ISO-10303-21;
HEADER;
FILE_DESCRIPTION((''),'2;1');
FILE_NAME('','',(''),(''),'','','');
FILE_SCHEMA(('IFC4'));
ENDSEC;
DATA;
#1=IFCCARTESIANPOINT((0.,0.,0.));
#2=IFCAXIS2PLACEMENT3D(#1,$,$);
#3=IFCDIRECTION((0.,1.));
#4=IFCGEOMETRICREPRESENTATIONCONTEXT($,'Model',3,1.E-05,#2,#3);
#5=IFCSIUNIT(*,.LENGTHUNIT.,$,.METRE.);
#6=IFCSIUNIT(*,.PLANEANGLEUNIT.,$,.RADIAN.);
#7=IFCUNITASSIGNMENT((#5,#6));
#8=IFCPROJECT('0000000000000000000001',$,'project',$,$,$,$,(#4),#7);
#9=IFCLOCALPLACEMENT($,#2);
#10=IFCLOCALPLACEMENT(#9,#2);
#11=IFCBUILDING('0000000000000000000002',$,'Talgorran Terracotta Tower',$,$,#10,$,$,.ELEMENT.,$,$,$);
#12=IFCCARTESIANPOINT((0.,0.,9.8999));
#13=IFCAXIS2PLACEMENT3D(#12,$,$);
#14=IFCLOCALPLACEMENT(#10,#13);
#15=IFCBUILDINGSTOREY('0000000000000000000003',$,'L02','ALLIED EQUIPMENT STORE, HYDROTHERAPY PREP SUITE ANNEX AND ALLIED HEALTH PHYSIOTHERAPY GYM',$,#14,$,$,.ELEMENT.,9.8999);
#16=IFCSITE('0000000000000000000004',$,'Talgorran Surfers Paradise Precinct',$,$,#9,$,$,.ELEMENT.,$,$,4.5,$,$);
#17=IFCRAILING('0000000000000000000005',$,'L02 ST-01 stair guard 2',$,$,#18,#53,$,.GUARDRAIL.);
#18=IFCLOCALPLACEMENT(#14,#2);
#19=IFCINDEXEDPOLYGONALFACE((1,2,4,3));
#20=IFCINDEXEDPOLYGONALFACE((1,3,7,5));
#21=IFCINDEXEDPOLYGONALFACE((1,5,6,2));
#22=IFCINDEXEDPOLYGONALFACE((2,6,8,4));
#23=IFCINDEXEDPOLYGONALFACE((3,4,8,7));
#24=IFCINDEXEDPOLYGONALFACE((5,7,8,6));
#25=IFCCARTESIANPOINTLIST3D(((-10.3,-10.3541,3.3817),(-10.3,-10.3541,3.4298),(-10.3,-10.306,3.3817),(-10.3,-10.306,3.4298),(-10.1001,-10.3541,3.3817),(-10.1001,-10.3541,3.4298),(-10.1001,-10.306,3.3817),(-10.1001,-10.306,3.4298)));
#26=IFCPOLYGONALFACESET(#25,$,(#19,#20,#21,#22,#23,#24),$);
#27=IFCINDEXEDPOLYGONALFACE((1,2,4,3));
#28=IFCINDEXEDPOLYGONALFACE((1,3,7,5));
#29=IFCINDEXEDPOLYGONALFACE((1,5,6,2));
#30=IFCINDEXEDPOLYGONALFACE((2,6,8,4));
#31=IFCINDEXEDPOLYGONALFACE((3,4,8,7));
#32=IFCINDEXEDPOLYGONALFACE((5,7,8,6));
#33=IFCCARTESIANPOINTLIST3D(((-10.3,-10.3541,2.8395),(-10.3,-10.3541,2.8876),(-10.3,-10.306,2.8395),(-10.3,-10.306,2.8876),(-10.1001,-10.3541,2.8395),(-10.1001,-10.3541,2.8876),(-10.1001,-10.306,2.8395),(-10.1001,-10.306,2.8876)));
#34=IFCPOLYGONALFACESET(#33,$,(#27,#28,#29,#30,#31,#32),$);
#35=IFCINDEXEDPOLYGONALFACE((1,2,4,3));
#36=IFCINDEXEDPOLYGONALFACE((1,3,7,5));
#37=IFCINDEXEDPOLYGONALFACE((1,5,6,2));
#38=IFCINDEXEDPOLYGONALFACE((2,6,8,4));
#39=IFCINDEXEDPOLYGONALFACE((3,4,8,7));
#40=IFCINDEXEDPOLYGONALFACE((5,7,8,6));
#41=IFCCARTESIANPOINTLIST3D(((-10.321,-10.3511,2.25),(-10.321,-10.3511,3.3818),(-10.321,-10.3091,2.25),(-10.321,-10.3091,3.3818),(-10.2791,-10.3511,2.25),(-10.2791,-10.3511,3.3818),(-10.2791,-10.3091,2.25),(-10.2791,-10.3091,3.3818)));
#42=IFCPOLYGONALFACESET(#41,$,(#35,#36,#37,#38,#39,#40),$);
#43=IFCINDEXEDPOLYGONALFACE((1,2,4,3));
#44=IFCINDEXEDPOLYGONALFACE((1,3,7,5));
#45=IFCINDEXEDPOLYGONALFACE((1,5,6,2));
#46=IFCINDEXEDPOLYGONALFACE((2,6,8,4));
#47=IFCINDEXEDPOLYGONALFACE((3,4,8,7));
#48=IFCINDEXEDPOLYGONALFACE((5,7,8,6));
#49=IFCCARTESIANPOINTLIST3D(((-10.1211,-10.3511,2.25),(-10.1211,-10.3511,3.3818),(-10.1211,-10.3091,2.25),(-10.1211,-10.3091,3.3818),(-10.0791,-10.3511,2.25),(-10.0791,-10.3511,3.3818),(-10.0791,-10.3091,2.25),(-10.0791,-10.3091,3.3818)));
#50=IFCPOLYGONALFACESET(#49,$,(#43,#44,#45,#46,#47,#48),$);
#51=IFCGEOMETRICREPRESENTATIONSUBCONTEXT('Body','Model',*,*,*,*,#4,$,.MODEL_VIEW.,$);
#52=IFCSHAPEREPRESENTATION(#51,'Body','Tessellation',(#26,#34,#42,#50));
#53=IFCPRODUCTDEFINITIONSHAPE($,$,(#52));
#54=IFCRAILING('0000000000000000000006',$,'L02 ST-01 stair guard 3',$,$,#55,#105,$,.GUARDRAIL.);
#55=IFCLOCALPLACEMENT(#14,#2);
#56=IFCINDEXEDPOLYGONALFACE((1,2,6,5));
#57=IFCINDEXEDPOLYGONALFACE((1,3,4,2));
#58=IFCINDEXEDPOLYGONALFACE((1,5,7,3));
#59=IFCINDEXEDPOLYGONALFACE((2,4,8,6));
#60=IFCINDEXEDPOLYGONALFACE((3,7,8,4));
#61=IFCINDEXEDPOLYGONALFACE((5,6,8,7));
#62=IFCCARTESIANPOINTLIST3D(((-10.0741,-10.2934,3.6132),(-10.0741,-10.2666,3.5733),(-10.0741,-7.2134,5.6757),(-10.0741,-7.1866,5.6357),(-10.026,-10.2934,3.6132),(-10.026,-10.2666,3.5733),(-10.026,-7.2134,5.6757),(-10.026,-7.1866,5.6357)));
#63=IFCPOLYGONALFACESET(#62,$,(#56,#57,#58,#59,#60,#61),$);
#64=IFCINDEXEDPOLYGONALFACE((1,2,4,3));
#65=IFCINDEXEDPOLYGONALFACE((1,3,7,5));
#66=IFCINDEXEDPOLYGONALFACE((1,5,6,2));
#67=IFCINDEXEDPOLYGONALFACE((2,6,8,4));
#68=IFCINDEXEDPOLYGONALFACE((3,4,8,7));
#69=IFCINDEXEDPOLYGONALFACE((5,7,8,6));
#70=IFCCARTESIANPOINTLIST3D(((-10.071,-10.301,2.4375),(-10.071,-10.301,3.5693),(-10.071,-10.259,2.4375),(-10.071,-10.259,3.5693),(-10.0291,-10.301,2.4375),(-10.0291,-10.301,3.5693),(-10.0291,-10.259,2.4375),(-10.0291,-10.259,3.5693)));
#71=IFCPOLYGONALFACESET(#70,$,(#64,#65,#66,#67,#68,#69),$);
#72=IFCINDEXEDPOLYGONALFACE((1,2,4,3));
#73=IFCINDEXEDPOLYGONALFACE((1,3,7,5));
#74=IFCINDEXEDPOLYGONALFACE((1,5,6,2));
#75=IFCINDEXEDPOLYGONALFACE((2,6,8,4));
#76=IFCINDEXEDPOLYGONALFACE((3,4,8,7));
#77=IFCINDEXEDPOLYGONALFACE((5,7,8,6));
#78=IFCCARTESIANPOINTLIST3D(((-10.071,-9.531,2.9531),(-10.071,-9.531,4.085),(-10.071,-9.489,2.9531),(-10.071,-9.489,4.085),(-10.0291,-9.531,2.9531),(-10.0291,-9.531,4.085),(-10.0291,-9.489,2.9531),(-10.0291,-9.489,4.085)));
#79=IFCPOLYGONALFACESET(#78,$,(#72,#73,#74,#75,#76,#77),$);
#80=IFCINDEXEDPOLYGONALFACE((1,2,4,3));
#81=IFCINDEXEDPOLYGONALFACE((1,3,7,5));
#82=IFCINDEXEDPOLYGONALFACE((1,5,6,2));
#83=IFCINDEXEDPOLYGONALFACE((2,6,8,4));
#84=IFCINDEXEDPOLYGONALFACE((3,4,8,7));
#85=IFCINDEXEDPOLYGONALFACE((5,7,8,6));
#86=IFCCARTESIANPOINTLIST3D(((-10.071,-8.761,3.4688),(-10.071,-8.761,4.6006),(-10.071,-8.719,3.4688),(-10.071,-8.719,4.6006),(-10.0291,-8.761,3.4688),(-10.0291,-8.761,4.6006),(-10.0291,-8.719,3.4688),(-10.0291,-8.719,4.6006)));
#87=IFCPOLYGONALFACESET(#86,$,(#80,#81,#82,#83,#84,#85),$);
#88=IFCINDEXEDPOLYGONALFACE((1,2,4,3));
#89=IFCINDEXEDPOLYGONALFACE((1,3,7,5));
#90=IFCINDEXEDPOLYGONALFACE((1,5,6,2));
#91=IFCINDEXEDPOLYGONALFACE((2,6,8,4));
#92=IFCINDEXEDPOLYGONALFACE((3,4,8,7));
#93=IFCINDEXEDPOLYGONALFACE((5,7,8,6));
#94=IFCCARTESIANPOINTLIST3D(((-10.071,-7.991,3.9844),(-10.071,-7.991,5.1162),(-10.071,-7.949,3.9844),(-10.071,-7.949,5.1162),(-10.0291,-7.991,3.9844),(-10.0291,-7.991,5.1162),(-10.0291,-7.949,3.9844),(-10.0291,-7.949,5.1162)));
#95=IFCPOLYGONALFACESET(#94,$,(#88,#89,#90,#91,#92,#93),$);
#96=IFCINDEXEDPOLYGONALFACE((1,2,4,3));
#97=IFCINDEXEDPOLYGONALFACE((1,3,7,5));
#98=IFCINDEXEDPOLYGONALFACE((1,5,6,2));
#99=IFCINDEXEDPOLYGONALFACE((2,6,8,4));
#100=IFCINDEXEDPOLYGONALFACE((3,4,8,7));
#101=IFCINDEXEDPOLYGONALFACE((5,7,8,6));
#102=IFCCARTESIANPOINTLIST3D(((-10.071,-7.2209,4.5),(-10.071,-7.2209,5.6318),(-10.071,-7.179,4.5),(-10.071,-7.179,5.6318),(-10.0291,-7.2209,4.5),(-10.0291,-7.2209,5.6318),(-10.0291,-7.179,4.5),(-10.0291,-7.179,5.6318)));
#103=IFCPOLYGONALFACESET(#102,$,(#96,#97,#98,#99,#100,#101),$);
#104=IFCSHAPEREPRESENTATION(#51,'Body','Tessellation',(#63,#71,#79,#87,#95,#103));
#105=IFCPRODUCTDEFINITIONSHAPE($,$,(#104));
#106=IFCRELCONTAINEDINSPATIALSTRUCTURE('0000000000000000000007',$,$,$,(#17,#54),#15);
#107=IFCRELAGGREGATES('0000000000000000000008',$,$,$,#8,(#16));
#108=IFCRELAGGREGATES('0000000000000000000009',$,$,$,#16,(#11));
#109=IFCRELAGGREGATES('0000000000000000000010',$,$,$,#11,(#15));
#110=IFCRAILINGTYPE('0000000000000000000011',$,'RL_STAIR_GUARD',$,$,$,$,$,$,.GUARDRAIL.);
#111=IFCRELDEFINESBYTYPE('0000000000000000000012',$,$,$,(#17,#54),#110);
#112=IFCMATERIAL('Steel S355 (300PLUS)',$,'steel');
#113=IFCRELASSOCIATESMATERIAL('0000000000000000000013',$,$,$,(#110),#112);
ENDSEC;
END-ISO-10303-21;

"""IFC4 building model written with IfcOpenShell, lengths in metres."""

from ifc_helpers import new_model, si_unit, direction, frame, origin, origin_2d, place, context, subcontext, project, spatial, rectangle, extrude, material, type_object, element, save


model = new_model("IFC4")

# Units and contexts
model_context = context("Model", 3, precision=1e-05, world=origin(), true_north=direction((0.0, 1.0)))
body_context = subcontext(model_context, "Body", "Model", "MODEL_VIEW")
ifc_project = project(units=[si_unit("LENGTHUNIT", "METRE"), si_unit("PLANEANGLEUNIT", "RADIAN")], contexts=[model_context])

# Site, building, storey
site_placement = place(None, origin())
site = spatial("IfcSite", under=ifc_project, at=site_placement, Name="Talgorran Surfers Paradise Precinct", CompositionType="ELEMENT", RefElevation=4.5)
building_placement = place(site_placement, origin())
building = spatial("IfcBuilding", under=site, at=building_placement, Name="Talgorran Terracotta Tower", CompositionType="ELEMENT")
storey_placement = place(building_placement, frame((0.0, 0.0, 9.8999)))
storey = spatial("IfcBuildingStorey", under=building, at=storey_placement, Name="L02", Description="ALLIED EQUIPMENT STORE, HYDROTHERAPY PREP SUITE ANNEX AND ALLIED HEALTH PHYSIOTHERAPY GYM", CompositionType="ELEMENT", Elevation=9.8999)

# Shared definitions
ifc_material_1 = material(Name="Steel S355 (300PLUS)", Category="steel")

# Railings
railing_type_1 = type_object("IfcRailingType", Name="RL_STAIR_GUARD", PredefinedType="GUARDRAIL", material=ifc_material_1)
railing_1_placement = place(storey_placement, frame((-10.3, -10.3301, 2.25)))
element("IfcRailing", 1, at=railing_1_placement, inside=storey, type_object=railing_type_1, Name="L02 ST-01 stair guard 2", PredefinedType="GUARDRAIL", context=body_context, shape_type="SweptSolid", body=[
    extrude(rectangle(XDim=0.0481, YDim=0.0481, at=origin_2d()), frame((0.0, 0.0, 1.1558), z_axis=(1.0, 0.0, 0.0), x_axis=(0.0, 1.0, 0.0)), (0.0, 0.0, 1.0), 0.2),
    extrude(rectangle(XDim=0.0481, YDim=0.0481, at=origin_2d()), frame((0.0, 0.0, 0.6135), z_axis=(1.0, 0.0, 0.0), x_axis=(0.0, 1.0, 0.0)), (0.0, 0.0, 1.0), 0.2),
    extrude(rectangle(XDim=0.042, YDim=0.042, at=origin_2d()), origin(), (0.0, 0.0, 1.0), 1.1318),
    extrude(rectangle(XDim=0.042, YDim=0.042, at=origin_2d()), frame((0.2, 0.0, 0.0)), (0.0, 0.0, 1.0), 1.1318),
])
railing_2_placement = place(storey_placement, frame((-10.05, -10.28, 2.4375)))
element("IfcRailing", 2, at=railing_2_placement, inside=storey, type_object=railing_type_1, Name="L02 ST-01 stair guard 3", PredefinedType="GUARDRAIL", context=body_context, shape_type="SweptSolid", body=[
    extrude(rectangle(XDim=0.0481, YDim=0.0481, at=origin_2d()), frame((0.0, 0.0, 1.1558), z_axis=(0.0, 0.830914, 0.556401), x_axis=(-1.0, 0.0, 0.0)), (0.0, 0.0, 1.0), 3.7068),
    extrude(rectangle(XDim=0.042, YDim=0.042, at=origin_2d()), origin(), (0.0, 0.0, 1.0), 1.1318),
    extrude(rectangle(XDim=0.042, YDim=0.042, at=origin_2d()), frame((0.0, 0.77, 0.5156)), (0.0, 0.0, 1.0), 1.1318),
    extrude(rectangle(XDim=0.042, YDim=0.042, at=origin_2d()), frame((0.0, 1.54, 1.0312)), (0.0, 0.0, 1.0), 1.1318),
    extrude(rectangle(XDim=0.042, YDim=0.042, at=origin_2d()), frame((0.0, 2.3101, 1.5469)), (0.0, 0.0, 1.0), 1.1318),
    extrude(rectangle(XDim=0.042, YDim=0.042, at=origin_2d()), frame((0.0, 3.0801, 2.0625)), (0.0, 0.0, 1.0), 1.1318),
])

save(model, "model.ifc")
